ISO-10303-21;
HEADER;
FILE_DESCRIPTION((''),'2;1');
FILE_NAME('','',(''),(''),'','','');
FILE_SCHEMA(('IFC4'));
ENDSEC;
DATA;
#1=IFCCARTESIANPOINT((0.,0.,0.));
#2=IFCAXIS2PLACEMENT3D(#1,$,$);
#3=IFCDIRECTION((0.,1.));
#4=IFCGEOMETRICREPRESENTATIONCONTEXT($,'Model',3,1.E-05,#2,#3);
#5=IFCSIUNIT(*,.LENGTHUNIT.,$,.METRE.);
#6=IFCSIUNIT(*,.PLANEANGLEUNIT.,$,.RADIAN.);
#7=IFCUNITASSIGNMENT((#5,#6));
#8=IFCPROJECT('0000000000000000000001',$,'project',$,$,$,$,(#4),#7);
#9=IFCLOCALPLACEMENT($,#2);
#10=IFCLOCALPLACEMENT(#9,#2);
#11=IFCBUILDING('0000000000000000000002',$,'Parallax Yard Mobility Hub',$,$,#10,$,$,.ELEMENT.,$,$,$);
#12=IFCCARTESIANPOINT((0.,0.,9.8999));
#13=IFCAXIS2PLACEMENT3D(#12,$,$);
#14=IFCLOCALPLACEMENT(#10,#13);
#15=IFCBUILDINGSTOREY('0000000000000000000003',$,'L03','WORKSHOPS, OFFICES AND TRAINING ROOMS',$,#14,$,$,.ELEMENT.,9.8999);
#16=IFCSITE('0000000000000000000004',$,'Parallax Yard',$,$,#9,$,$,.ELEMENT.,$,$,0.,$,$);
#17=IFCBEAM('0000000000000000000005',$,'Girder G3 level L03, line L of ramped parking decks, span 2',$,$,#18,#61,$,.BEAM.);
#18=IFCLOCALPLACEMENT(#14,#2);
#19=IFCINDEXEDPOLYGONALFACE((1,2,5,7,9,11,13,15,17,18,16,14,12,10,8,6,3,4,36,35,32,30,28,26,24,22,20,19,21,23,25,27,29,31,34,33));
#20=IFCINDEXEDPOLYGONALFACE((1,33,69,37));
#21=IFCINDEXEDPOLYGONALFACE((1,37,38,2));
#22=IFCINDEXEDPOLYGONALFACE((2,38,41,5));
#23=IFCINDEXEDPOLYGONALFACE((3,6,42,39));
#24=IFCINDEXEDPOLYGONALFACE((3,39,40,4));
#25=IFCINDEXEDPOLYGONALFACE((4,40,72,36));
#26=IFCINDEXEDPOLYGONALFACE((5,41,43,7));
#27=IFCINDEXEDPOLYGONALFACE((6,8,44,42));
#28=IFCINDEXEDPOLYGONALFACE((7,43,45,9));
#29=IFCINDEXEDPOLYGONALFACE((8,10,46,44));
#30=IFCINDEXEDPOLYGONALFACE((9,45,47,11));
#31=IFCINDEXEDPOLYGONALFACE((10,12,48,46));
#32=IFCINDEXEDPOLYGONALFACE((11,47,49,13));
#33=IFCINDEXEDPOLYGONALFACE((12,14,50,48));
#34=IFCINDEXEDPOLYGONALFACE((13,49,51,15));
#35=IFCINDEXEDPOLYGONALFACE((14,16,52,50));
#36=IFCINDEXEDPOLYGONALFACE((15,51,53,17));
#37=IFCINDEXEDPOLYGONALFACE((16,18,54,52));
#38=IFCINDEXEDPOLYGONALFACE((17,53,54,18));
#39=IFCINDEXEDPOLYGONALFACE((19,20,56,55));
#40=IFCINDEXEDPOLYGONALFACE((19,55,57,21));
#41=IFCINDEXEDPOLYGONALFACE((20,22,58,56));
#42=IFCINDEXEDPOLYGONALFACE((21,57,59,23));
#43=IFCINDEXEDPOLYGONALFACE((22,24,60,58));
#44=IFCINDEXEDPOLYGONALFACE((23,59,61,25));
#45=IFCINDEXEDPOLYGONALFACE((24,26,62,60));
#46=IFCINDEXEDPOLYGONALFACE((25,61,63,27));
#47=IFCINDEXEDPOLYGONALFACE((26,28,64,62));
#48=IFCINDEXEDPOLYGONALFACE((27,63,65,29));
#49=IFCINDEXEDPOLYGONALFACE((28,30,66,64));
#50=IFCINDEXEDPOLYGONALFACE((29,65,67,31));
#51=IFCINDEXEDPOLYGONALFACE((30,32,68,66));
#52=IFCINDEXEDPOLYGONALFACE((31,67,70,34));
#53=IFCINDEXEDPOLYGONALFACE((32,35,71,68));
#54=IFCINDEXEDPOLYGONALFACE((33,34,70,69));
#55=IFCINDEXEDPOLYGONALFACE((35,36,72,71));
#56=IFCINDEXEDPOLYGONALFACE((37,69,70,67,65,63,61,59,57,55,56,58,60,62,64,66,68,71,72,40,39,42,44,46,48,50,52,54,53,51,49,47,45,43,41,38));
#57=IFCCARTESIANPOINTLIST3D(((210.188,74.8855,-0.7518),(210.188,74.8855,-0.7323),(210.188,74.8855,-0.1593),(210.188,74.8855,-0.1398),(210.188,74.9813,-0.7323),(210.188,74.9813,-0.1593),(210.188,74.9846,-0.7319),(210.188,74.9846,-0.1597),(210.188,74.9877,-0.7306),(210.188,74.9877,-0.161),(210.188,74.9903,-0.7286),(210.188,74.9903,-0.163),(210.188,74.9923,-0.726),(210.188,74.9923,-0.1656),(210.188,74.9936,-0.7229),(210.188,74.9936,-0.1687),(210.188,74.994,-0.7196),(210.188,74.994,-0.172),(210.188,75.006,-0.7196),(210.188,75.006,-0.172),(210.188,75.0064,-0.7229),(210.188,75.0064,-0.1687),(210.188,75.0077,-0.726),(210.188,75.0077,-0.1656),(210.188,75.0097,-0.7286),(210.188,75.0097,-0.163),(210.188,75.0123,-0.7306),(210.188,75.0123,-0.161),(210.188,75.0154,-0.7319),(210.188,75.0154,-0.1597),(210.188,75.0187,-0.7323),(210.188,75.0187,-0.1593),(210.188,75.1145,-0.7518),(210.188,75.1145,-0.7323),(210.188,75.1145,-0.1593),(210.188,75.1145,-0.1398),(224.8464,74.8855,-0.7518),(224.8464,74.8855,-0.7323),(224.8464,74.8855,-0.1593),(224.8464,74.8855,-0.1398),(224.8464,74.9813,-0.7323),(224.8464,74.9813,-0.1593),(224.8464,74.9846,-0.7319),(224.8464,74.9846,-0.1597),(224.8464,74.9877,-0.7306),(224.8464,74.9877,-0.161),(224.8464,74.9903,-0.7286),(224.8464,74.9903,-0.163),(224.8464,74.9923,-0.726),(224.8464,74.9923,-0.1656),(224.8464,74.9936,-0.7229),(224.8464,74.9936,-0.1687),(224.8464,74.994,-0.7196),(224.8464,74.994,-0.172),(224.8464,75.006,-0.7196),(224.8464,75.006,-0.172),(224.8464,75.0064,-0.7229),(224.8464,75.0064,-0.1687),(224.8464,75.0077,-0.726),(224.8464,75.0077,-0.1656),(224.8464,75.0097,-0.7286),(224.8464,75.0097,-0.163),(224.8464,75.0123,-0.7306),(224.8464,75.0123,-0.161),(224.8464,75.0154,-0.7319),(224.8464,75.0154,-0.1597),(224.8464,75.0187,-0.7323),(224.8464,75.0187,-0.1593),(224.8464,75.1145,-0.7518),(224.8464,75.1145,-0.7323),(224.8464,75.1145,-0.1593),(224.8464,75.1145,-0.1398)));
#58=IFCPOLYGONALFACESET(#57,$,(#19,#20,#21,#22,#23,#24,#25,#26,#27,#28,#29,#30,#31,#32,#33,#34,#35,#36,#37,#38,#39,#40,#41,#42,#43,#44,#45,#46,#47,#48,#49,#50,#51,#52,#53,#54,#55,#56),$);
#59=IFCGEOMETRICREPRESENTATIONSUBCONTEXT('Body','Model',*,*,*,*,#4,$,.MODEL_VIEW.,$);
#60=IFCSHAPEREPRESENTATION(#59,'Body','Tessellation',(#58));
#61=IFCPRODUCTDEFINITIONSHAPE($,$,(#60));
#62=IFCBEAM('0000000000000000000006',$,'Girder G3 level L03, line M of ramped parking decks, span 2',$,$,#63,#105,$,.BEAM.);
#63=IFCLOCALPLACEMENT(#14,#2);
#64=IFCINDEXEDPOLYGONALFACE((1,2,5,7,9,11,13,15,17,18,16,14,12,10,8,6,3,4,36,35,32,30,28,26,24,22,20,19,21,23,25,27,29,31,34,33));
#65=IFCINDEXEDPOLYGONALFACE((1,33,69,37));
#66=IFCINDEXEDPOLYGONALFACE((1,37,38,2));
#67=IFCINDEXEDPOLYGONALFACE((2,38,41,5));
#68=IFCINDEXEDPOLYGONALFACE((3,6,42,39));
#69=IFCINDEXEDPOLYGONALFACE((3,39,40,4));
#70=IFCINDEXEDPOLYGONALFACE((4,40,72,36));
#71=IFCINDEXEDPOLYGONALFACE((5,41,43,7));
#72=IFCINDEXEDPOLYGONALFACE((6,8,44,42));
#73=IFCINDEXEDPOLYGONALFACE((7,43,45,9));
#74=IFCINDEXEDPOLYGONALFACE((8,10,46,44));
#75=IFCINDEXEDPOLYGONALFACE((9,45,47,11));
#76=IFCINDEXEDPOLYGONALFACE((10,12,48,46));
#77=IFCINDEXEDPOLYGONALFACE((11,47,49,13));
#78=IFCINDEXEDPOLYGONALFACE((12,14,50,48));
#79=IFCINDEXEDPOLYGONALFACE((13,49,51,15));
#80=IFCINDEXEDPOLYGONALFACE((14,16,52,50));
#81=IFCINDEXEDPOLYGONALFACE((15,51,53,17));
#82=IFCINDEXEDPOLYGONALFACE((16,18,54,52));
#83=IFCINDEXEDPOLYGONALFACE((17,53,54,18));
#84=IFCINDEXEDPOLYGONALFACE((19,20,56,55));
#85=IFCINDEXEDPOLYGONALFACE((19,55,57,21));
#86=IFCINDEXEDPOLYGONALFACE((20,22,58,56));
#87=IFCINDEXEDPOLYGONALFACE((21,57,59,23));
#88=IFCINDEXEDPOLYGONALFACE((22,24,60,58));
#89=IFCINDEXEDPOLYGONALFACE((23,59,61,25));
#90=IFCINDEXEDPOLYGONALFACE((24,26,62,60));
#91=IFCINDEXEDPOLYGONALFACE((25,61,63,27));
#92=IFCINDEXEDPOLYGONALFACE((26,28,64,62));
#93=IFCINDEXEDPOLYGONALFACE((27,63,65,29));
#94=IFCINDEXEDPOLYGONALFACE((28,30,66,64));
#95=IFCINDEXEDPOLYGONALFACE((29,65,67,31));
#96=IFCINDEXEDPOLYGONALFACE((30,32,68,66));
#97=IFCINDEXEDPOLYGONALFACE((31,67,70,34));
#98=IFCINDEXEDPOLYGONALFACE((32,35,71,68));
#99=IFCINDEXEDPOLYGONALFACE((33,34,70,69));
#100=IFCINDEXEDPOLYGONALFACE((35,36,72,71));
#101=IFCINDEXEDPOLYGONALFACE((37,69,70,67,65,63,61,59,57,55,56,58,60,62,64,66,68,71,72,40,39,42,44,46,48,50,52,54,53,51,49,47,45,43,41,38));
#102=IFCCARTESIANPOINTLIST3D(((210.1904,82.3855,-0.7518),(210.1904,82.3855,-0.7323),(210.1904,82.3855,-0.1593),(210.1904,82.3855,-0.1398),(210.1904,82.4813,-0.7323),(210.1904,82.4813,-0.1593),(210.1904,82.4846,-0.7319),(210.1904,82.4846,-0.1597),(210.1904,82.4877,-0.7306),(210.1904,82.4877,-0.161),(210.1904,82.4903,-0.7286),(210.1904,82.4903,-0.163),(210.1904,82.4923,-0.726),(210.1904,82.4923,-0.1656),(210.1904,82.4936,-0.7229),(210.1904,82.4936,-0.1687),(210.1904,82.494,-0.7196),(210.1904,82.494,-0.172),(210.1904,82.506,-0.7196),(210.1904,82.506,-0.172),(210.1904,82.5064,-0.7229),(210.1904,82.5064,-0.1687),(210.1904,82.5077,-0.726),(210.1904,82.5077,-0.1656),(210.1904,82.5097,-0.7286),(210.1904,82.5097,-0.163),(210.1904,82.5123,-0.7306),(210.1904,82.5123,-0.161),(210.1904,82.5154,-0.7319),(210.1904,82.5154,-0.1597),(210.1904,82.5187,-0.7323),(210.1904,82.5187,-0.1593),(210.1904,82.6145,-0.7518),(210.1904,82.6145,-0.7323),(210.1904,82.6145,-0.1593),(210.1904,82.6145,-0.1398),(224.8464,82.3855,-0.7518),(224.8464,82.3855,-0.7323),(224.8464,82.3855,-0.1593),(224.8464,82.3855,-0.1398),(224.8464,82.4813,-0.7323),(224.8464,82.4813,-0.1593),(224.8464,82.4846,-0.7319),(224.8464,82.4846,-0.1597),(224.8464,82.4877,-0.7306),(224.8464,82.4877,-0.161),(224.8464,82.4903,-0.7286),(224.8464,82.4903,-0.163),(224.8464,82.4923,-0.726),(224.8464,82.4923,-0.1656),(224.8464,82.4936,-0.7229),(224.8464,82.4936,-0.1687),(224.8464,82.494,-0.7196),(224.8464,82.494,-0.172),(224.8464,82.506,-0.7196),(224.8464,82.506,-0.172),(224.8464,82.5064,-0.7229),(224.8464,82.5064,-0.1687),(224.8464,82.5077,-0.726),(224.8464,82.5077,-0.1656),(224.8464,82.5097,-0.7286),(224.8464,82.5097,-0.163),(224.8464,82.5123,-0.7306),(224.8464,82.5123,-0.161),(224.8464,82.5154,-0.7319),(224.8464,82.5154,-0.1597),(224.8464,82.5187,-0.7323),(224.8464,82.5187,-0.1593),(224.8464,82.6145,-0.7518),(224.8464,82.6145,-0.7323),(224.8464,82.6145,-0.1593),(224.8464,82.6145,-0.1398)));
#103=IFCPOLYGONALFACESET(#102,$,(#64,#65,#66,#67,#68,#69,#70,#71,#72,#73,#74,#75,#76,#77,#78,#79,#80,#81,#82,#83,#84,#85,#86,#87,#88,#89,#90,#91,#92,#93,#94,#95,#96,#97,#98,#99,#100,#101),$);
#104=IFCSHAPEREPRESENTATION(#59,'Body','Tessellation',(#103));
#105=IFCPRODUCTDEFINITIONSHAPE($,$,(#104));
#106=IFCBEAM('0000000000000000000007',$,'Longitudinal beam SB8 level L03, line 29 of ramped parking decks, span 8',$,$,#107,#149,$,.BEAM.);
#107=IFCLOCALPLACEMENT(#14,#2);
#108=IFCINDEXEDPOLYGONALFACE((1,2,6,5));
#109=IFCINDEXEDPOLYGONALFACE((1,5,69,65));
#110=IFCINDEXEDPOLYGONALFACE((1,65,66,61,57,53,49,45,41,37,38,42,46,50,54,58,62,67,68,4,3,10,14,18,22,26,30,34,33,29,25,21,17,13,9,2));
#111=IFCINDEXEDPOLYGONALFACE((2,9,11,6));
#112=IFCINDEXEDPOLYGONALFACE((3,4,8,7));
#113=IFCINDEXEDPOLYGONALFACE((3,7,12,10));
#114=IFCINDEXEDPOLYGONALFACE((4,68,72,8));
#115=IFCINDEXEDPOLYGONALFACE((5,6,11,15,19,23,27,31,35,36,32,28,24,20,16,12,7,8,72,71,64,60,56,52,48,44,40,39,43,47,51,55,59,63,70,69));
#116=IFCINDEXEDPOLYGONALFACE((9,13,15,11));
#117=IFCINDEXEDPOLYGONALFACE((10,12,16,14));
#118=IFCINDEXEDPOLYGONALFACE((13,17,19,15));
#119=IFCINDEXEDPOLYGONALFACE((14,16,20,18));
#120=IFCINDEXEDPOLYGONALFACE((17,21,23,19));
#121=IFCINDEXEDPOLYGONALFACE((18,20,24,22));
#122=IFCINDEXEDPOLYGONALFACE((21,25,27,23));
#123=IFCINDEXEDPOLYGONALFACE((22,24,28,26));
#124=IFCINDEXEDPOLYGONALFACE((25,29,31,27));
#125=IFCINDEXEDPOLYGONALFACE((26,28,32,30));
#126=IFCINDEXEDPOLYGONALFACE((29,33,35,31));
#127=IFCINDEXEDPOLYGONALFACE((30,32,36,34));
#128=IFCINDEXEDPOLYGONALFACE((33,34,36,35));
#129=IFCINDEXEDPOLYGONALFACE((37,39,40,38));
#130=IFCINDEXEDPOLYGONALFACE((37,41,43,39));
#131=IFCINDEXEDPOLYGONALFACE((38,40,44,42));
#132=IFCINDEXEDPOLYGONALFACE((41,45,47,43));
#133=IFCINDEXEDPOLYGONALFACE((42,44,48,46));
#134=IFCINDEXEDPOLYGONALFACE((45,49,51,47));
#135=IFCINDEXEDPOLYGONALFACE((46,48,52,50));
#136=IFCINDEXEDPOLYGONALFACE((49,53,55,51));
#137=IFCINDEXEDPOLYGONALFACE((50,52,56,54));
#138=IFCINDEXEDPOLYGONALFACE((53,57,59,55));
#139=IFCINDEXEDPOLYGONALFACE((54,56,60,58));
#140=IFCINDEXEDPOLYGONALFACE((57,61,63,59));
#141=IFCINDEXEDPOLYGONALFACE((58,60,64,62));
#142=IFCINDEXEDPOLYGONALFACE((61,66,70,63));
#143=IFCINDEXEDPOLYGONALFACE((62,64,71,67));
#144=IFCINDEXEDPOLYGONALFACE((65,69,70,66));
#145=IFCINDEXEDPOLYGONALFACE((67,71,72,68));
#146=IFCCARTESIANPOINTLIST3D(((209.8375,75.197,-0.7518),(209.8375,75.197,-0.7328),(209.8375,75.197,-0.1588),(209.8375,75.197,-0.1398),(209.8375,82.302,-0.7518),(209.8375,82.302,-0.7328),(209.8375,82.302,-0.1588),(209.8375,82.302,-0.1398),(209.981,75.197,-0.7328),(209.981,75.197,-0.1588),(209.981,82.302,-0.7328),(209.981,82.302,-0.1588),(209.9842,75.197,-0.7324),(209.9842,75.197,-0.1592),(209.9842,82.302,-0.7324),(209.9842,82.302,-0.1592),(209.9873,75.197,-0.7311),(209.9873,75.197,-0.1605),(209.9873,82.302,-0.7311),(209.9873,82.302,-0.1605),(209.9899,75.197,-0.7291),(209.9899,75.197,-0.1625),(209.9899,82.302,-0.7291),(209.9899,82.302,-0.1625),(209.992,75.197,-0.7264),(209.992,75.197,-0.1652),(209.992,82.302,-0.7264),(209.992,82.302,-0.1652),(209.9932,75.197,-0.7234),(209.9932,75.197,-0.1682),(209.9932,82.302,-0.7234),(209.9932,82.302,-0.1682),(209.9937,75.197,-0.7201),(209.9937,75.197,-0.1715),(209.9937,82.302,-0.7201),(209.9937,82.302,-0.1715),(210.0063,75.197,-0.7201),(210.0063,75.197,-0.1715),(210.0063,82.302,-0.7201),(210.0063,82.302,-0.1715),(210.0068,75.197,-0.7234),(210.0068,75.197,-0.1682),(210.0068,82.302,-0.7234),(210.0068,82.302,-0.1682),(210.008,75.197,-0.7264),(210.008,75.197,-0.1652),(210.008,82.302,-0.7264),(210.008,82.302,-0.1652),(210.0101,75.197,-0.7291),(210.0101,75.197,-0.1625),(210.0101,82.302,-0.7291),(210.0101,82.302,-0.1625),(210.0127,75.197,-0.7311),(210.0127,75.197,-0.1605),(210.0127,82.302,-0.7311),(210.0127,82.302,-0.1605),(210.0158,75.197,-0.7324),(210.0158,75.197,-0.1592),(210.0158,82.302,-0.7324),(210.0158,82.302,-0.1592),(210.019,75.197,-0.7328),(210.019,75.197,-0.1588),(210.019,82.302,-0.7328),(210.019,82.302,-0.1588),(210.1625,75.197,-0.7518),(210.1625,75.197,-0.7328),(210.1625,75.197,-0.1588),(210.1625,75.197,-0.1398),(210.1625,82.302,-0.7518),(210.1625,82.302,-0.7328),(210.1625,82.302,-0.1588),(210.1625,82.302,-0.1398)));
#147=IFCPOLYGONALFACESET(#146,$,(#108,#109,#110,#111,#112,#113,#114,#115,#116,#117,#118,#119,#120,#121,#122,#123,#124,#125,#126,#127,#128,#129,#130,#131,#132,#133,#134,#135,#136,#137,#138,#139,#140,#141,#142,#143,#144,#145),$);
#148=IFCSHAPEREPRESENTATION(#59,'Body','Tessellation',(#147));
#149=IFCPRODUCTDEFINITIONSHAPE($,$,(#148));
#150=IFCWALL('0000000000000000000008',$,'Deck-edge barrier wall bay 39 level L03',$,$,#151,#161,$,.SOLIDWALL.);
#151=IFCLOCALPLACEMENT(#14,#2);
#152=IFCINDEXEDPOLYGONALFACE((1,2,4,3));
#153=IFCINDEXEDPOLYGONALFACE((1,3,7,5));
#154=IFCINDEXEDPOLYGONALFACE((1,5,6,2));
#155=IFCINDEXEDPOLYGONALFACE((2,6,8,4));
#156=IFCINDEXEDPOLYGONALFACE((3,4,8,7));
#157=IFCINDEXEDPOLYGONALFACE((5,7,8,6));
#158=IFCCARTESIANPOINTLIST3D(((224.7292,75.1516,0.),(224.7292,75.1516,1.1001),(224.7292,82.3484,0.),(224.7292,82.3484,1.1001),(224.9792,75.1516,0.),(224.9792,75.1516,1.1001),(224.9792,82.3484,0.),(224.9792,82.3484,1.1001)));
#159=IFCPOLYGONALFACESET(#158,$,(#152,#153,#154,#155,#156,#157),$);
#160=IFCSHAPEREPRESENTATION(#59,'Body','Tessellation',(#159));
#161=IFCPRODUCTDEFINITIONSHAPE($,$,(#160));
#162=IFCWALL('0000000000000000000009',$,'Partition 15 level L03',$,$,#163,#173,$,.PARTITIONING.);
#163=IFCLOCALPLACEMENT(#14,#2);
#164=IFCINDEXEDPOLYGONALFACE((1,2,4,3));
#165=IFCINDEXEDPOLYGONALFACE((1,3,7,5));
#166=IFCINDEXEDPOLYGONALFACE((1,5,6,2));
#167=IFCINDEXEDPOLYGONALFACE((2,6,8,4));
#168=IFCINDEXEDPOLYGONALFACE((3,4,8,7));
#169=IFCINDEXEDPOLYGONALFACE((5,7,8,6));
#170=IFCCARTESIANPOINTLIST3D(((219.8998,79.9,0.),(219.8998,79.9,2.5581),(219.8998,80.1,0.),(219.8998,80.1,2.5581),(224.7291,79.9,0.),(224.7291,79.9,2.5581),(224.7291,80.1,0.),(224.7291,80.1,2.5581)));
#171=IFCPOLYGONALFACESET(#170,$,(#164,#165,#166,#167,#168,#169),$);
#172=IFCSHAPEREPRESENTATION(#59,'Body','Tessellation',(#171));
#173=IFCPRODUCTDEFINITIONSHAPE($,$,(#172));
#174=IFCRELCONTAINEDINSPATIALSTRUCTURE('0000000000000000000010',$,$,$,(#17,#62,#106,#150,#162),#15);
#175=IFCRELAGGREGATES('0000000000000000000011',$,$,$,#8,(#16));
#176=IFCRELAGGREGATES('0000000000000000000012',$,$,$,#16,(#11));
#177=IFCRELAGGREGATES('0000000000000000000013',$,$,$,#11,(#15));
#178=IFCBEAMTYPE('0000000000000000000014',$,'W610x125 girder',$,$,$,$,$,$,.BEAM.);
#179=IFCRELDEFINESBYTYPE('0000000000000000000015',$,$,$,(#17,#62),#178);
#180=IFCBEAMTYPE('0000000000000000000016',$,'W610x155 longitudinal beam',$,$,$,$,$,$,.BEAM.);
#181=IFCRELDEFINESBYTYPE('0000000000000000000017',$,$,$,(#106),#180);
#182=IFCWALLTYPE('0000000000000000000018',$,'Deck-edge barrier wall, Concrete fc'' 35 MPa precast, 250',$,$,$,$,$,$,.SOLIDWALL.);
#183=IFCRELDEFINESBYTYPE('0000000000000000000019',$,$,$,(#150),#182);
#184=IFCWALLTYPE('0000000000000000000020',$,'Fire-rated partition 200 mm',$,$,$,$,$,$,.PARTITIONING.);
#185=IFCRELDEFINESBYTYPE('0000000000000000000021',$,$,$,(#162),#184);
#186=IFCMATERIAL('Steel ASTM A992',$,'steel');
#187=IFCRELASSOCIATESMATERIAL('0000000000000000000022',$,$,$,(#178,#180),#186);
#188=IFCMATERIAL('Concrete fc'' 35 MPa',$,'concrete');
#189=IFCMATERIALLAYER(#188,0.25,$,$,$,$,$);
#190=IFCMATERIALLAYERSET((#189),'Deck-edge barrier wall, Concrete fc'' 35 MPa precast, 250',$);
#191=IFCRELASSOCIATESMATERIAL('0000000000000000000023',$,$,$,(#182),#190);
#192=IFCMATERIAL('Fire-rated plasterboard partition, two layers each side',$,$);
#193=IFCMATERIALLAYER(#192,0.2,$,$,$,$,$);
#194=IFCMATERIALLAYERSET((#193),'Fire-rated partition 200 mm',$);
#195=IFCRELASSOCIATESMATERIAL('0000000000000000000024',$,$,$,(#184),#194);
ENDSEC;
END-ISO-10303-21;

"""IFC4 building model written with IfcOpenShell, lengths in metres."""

from ifc_helpers import new_model, si_unit, direction, frame, frame_2d, origin, origin_2d, place, context, subcontext, project, spatial, rectangle, i_section, extrude, material, layer, layer_set, material_profile, profile_set, type_object, element, save


model = new_model("IFC4")

# Units and contexts
model_context = context("Model", 3, precision=1e-05, world=origin(), true_north=direction((0.0, 1.0)))
body_context = subcontext(model_context, "Body", "Model", "MODEL_VIEW")
ifc_project = project(units=[si_unit("LENGTHUNIT", "METRE"), si_unit("PLANEANGLEUNIT", "RADIAN")], contexts=[model_context])

# Site, building, storey
site_placement = place(None, origin())
site = spatial("IfcSite", under=ifc_project, at=site_placement, Name="Parallax Yard", CompositionType="ELEMENT", RefElevation=0.0)
building_placement = place(site_placement, origin())
building = spatial("IfcBuilding", under=site, at=building_placement, Name="Parallax Yard Mobility Hub", CompositionType="ELEMENT")
storey_placement = place(building_placement, frame((0.0, 0.0, 9.8999)))
storey = spatial("IfcBuildingStorey", under=building, at=storey_placement, Name="L03", Description="WORKSHOPS, OFFICES AND TRAINING ROOMS", CompositionType="ELEMENT", Elevation=9.8999)

# Shared definitions
ifc_material_1 = material(Name="Steel ASTM A992", Category="steel")

# Beams
ifc_material_profile_1 = material_profile(ifc_material_1, i_section(OverallWidth=0.229, OverallDepth=0.6121, WebThickness=0.012, FlangeThickness=0.0195, FilletRadius=0.0127, at=origin_2d()), Name="W610x125")
ifc_profile_set_1 = profile_set([ifc_material_profile_1], Name="Steel ASTM A992")
beam_type_1 = type_object("IfcBeamType", Name="W610x125 girder", PredefinedType="BEAM", material=ifc_profile_set_1)
beam_1_placement = place(storey_placement, frame((210.188, 75.0, -0.4458), z_axis=(1.0, 0.0, 0.0), x_axis=(0.0, 1.0, 0.0)))
element("IfcBeam", 1, at=beam_1_placement, inside=storey, type_object=beam_type_1, Name="Girder G3 level L03, line L of ramped parking decks, span 2", PredefinedType="BEAM", context=body_context, shape_type="SweptSolid", body=[
    extrude(i_section(OverallWidth=0.229, OverallDepth=0.6121, WebThickness=0.012, FlangeThickness=0.0195, FilletRadius=0.0127, at=origin_2d()), origin(), (0.0, 0.0, 1.0), 14.6584),
])
beam_2_placement = place(storey_placement, frame((210.1904, 82.5, -0.4458), z_axis=(1.0, 0.0, 0.0), x_axis=(0.0, 1.0, 0.0)))
element("IfcBeam", 2, at=beam_2_placement, inside=storey, type_object=beam_type_1, Name="Girder G3 level L03, line M of ramped parking decks, span 2", PredefinedType="BEAM", context=body_context, shape_type="SweptSolid", body=[
    extrude(i_section(OverallWidth=0.229, OverallDepth=0.6121, WebThickness=0.012, FlangeThickness=0.0195, FilletRadius=0.0127, at=origin_2d()), origin(), (0.0, 0.0, 1.0), 14.656),
])
ifc_material_profile_2 = material_profile(ifc_material_1, i_section(OverallWidth=0.325, OverallDepth=0.6121, WebThickness=0.0127, FlangeThickness=0.019, FilletRadius=0.0127, at=origin_2d()), Name="W610x155")
ifc_profile_set_2 = profile_set([ifc_material_profile_2], Name="Steel ASTM A992")
beam_type_2 = type_object("IfcBeamType", Name="W610x155 longitudinal beam", PredefinedType="BEAM", material=ifc_profile_set_2)
beam_3_placement = place(storey_placement, frame((210.0, 75.197, -0.4458), z_axis=(0.0, 1.0, 0.0), x_axis=(-1.0, 0.0, 0.0)))
element("IfcBeam", 3, at=beam_3_placement, inside=storey, type_object=beam_type_2, Name="Longitudinal beam SB8 level L03, line 29 of ramped parking decks, span 8", PredefinedType="BEAM", context=body_context, shape_type="SweptSolid", body=[
    extrude(i_section(OverallWidth=0.325, OverallDepth=0.6121, WebThickness=0.0127, FlangeThickness=0.019, FilletRadius=0.0127, at=origin_2d()), origin(), (0.0, 0.0, 1.0), 7.105),
])

# Walls
ifc_material_2 = material(Name="Concrete fc' 35 MPa", Category="concrete")
ifc_layer_1 = layer(ifc_material_2, 0.25)
ifc_layer_set_1 = layer_set([ifc_layer_1], Name="Deck-edge barrier wall, Concrete fc' 35 MPa precast, 250")
wall_type_1 = type_object("IfcWallType", Name="Deck-edge barrier wall, Concrete fc' 35 MPa precast, 250", PredefinedType="SOLIDWALL", material=ifc_layer_set_1)
wall_1_placement = place(storey_placement, frame((224.8542, 75.1516, 0.0), z_axis=(0.0, 0.0, 1.0), x_axis=(0.0, 1.0, 0.0)))
element("IfcWall", 4, at=wall_1_placement, inside=storey, type_object=wall_type_1, Name="Deck-edge barrier wall bay 39 level L03", PredefinedType="SOLIDWALL", context=body_context, shape_type="SweptSolid", body=[
    extrude(rectangle(XDim=7.1968, YDim=0.25, at=frame_2d((3.5984, 0.0))), origin(), (0.0, 0.0, 1.0), 1.1001),
])
ifc_material_3 = material(Name="Fire-rated plasterboard partition, two layers each side")
ifc_layer_2 = layer(ifc_material_3, 0.2)
ifc_layer_set_2 = layer_set([ifc_layer_2], Name="Fire-rated partition 200 mm")
wall_type_2 = type_object("IfcWallType", Name="Fire-rated partition 200 mm", PredefinedType="PARTITIONING", material=ifc_layer_set_2)
wall_2_placement = place(storey_placement, frame((219.8999, 80.0, 0.0), z_axis=(0.0, 0.0, 1.0), x_axis=(1.0, 0.0, 0.0)))
element("IfcWall", 5, at=wall_2_placement, inside=storey, type_object=wall_type_2, Name="Partition 15 level L03", PredefinedType="PARTITIONING", context=body_context, shape_type="SweptSolid", body=[
    extrude(rectangle(XDim=4.8293, YDim=0.2, at=frame_2d((2.4146, 0.0))), origin(), (0.0, 0.0, 1.0), 2.5581),
])

save(model, "model.ifc")
